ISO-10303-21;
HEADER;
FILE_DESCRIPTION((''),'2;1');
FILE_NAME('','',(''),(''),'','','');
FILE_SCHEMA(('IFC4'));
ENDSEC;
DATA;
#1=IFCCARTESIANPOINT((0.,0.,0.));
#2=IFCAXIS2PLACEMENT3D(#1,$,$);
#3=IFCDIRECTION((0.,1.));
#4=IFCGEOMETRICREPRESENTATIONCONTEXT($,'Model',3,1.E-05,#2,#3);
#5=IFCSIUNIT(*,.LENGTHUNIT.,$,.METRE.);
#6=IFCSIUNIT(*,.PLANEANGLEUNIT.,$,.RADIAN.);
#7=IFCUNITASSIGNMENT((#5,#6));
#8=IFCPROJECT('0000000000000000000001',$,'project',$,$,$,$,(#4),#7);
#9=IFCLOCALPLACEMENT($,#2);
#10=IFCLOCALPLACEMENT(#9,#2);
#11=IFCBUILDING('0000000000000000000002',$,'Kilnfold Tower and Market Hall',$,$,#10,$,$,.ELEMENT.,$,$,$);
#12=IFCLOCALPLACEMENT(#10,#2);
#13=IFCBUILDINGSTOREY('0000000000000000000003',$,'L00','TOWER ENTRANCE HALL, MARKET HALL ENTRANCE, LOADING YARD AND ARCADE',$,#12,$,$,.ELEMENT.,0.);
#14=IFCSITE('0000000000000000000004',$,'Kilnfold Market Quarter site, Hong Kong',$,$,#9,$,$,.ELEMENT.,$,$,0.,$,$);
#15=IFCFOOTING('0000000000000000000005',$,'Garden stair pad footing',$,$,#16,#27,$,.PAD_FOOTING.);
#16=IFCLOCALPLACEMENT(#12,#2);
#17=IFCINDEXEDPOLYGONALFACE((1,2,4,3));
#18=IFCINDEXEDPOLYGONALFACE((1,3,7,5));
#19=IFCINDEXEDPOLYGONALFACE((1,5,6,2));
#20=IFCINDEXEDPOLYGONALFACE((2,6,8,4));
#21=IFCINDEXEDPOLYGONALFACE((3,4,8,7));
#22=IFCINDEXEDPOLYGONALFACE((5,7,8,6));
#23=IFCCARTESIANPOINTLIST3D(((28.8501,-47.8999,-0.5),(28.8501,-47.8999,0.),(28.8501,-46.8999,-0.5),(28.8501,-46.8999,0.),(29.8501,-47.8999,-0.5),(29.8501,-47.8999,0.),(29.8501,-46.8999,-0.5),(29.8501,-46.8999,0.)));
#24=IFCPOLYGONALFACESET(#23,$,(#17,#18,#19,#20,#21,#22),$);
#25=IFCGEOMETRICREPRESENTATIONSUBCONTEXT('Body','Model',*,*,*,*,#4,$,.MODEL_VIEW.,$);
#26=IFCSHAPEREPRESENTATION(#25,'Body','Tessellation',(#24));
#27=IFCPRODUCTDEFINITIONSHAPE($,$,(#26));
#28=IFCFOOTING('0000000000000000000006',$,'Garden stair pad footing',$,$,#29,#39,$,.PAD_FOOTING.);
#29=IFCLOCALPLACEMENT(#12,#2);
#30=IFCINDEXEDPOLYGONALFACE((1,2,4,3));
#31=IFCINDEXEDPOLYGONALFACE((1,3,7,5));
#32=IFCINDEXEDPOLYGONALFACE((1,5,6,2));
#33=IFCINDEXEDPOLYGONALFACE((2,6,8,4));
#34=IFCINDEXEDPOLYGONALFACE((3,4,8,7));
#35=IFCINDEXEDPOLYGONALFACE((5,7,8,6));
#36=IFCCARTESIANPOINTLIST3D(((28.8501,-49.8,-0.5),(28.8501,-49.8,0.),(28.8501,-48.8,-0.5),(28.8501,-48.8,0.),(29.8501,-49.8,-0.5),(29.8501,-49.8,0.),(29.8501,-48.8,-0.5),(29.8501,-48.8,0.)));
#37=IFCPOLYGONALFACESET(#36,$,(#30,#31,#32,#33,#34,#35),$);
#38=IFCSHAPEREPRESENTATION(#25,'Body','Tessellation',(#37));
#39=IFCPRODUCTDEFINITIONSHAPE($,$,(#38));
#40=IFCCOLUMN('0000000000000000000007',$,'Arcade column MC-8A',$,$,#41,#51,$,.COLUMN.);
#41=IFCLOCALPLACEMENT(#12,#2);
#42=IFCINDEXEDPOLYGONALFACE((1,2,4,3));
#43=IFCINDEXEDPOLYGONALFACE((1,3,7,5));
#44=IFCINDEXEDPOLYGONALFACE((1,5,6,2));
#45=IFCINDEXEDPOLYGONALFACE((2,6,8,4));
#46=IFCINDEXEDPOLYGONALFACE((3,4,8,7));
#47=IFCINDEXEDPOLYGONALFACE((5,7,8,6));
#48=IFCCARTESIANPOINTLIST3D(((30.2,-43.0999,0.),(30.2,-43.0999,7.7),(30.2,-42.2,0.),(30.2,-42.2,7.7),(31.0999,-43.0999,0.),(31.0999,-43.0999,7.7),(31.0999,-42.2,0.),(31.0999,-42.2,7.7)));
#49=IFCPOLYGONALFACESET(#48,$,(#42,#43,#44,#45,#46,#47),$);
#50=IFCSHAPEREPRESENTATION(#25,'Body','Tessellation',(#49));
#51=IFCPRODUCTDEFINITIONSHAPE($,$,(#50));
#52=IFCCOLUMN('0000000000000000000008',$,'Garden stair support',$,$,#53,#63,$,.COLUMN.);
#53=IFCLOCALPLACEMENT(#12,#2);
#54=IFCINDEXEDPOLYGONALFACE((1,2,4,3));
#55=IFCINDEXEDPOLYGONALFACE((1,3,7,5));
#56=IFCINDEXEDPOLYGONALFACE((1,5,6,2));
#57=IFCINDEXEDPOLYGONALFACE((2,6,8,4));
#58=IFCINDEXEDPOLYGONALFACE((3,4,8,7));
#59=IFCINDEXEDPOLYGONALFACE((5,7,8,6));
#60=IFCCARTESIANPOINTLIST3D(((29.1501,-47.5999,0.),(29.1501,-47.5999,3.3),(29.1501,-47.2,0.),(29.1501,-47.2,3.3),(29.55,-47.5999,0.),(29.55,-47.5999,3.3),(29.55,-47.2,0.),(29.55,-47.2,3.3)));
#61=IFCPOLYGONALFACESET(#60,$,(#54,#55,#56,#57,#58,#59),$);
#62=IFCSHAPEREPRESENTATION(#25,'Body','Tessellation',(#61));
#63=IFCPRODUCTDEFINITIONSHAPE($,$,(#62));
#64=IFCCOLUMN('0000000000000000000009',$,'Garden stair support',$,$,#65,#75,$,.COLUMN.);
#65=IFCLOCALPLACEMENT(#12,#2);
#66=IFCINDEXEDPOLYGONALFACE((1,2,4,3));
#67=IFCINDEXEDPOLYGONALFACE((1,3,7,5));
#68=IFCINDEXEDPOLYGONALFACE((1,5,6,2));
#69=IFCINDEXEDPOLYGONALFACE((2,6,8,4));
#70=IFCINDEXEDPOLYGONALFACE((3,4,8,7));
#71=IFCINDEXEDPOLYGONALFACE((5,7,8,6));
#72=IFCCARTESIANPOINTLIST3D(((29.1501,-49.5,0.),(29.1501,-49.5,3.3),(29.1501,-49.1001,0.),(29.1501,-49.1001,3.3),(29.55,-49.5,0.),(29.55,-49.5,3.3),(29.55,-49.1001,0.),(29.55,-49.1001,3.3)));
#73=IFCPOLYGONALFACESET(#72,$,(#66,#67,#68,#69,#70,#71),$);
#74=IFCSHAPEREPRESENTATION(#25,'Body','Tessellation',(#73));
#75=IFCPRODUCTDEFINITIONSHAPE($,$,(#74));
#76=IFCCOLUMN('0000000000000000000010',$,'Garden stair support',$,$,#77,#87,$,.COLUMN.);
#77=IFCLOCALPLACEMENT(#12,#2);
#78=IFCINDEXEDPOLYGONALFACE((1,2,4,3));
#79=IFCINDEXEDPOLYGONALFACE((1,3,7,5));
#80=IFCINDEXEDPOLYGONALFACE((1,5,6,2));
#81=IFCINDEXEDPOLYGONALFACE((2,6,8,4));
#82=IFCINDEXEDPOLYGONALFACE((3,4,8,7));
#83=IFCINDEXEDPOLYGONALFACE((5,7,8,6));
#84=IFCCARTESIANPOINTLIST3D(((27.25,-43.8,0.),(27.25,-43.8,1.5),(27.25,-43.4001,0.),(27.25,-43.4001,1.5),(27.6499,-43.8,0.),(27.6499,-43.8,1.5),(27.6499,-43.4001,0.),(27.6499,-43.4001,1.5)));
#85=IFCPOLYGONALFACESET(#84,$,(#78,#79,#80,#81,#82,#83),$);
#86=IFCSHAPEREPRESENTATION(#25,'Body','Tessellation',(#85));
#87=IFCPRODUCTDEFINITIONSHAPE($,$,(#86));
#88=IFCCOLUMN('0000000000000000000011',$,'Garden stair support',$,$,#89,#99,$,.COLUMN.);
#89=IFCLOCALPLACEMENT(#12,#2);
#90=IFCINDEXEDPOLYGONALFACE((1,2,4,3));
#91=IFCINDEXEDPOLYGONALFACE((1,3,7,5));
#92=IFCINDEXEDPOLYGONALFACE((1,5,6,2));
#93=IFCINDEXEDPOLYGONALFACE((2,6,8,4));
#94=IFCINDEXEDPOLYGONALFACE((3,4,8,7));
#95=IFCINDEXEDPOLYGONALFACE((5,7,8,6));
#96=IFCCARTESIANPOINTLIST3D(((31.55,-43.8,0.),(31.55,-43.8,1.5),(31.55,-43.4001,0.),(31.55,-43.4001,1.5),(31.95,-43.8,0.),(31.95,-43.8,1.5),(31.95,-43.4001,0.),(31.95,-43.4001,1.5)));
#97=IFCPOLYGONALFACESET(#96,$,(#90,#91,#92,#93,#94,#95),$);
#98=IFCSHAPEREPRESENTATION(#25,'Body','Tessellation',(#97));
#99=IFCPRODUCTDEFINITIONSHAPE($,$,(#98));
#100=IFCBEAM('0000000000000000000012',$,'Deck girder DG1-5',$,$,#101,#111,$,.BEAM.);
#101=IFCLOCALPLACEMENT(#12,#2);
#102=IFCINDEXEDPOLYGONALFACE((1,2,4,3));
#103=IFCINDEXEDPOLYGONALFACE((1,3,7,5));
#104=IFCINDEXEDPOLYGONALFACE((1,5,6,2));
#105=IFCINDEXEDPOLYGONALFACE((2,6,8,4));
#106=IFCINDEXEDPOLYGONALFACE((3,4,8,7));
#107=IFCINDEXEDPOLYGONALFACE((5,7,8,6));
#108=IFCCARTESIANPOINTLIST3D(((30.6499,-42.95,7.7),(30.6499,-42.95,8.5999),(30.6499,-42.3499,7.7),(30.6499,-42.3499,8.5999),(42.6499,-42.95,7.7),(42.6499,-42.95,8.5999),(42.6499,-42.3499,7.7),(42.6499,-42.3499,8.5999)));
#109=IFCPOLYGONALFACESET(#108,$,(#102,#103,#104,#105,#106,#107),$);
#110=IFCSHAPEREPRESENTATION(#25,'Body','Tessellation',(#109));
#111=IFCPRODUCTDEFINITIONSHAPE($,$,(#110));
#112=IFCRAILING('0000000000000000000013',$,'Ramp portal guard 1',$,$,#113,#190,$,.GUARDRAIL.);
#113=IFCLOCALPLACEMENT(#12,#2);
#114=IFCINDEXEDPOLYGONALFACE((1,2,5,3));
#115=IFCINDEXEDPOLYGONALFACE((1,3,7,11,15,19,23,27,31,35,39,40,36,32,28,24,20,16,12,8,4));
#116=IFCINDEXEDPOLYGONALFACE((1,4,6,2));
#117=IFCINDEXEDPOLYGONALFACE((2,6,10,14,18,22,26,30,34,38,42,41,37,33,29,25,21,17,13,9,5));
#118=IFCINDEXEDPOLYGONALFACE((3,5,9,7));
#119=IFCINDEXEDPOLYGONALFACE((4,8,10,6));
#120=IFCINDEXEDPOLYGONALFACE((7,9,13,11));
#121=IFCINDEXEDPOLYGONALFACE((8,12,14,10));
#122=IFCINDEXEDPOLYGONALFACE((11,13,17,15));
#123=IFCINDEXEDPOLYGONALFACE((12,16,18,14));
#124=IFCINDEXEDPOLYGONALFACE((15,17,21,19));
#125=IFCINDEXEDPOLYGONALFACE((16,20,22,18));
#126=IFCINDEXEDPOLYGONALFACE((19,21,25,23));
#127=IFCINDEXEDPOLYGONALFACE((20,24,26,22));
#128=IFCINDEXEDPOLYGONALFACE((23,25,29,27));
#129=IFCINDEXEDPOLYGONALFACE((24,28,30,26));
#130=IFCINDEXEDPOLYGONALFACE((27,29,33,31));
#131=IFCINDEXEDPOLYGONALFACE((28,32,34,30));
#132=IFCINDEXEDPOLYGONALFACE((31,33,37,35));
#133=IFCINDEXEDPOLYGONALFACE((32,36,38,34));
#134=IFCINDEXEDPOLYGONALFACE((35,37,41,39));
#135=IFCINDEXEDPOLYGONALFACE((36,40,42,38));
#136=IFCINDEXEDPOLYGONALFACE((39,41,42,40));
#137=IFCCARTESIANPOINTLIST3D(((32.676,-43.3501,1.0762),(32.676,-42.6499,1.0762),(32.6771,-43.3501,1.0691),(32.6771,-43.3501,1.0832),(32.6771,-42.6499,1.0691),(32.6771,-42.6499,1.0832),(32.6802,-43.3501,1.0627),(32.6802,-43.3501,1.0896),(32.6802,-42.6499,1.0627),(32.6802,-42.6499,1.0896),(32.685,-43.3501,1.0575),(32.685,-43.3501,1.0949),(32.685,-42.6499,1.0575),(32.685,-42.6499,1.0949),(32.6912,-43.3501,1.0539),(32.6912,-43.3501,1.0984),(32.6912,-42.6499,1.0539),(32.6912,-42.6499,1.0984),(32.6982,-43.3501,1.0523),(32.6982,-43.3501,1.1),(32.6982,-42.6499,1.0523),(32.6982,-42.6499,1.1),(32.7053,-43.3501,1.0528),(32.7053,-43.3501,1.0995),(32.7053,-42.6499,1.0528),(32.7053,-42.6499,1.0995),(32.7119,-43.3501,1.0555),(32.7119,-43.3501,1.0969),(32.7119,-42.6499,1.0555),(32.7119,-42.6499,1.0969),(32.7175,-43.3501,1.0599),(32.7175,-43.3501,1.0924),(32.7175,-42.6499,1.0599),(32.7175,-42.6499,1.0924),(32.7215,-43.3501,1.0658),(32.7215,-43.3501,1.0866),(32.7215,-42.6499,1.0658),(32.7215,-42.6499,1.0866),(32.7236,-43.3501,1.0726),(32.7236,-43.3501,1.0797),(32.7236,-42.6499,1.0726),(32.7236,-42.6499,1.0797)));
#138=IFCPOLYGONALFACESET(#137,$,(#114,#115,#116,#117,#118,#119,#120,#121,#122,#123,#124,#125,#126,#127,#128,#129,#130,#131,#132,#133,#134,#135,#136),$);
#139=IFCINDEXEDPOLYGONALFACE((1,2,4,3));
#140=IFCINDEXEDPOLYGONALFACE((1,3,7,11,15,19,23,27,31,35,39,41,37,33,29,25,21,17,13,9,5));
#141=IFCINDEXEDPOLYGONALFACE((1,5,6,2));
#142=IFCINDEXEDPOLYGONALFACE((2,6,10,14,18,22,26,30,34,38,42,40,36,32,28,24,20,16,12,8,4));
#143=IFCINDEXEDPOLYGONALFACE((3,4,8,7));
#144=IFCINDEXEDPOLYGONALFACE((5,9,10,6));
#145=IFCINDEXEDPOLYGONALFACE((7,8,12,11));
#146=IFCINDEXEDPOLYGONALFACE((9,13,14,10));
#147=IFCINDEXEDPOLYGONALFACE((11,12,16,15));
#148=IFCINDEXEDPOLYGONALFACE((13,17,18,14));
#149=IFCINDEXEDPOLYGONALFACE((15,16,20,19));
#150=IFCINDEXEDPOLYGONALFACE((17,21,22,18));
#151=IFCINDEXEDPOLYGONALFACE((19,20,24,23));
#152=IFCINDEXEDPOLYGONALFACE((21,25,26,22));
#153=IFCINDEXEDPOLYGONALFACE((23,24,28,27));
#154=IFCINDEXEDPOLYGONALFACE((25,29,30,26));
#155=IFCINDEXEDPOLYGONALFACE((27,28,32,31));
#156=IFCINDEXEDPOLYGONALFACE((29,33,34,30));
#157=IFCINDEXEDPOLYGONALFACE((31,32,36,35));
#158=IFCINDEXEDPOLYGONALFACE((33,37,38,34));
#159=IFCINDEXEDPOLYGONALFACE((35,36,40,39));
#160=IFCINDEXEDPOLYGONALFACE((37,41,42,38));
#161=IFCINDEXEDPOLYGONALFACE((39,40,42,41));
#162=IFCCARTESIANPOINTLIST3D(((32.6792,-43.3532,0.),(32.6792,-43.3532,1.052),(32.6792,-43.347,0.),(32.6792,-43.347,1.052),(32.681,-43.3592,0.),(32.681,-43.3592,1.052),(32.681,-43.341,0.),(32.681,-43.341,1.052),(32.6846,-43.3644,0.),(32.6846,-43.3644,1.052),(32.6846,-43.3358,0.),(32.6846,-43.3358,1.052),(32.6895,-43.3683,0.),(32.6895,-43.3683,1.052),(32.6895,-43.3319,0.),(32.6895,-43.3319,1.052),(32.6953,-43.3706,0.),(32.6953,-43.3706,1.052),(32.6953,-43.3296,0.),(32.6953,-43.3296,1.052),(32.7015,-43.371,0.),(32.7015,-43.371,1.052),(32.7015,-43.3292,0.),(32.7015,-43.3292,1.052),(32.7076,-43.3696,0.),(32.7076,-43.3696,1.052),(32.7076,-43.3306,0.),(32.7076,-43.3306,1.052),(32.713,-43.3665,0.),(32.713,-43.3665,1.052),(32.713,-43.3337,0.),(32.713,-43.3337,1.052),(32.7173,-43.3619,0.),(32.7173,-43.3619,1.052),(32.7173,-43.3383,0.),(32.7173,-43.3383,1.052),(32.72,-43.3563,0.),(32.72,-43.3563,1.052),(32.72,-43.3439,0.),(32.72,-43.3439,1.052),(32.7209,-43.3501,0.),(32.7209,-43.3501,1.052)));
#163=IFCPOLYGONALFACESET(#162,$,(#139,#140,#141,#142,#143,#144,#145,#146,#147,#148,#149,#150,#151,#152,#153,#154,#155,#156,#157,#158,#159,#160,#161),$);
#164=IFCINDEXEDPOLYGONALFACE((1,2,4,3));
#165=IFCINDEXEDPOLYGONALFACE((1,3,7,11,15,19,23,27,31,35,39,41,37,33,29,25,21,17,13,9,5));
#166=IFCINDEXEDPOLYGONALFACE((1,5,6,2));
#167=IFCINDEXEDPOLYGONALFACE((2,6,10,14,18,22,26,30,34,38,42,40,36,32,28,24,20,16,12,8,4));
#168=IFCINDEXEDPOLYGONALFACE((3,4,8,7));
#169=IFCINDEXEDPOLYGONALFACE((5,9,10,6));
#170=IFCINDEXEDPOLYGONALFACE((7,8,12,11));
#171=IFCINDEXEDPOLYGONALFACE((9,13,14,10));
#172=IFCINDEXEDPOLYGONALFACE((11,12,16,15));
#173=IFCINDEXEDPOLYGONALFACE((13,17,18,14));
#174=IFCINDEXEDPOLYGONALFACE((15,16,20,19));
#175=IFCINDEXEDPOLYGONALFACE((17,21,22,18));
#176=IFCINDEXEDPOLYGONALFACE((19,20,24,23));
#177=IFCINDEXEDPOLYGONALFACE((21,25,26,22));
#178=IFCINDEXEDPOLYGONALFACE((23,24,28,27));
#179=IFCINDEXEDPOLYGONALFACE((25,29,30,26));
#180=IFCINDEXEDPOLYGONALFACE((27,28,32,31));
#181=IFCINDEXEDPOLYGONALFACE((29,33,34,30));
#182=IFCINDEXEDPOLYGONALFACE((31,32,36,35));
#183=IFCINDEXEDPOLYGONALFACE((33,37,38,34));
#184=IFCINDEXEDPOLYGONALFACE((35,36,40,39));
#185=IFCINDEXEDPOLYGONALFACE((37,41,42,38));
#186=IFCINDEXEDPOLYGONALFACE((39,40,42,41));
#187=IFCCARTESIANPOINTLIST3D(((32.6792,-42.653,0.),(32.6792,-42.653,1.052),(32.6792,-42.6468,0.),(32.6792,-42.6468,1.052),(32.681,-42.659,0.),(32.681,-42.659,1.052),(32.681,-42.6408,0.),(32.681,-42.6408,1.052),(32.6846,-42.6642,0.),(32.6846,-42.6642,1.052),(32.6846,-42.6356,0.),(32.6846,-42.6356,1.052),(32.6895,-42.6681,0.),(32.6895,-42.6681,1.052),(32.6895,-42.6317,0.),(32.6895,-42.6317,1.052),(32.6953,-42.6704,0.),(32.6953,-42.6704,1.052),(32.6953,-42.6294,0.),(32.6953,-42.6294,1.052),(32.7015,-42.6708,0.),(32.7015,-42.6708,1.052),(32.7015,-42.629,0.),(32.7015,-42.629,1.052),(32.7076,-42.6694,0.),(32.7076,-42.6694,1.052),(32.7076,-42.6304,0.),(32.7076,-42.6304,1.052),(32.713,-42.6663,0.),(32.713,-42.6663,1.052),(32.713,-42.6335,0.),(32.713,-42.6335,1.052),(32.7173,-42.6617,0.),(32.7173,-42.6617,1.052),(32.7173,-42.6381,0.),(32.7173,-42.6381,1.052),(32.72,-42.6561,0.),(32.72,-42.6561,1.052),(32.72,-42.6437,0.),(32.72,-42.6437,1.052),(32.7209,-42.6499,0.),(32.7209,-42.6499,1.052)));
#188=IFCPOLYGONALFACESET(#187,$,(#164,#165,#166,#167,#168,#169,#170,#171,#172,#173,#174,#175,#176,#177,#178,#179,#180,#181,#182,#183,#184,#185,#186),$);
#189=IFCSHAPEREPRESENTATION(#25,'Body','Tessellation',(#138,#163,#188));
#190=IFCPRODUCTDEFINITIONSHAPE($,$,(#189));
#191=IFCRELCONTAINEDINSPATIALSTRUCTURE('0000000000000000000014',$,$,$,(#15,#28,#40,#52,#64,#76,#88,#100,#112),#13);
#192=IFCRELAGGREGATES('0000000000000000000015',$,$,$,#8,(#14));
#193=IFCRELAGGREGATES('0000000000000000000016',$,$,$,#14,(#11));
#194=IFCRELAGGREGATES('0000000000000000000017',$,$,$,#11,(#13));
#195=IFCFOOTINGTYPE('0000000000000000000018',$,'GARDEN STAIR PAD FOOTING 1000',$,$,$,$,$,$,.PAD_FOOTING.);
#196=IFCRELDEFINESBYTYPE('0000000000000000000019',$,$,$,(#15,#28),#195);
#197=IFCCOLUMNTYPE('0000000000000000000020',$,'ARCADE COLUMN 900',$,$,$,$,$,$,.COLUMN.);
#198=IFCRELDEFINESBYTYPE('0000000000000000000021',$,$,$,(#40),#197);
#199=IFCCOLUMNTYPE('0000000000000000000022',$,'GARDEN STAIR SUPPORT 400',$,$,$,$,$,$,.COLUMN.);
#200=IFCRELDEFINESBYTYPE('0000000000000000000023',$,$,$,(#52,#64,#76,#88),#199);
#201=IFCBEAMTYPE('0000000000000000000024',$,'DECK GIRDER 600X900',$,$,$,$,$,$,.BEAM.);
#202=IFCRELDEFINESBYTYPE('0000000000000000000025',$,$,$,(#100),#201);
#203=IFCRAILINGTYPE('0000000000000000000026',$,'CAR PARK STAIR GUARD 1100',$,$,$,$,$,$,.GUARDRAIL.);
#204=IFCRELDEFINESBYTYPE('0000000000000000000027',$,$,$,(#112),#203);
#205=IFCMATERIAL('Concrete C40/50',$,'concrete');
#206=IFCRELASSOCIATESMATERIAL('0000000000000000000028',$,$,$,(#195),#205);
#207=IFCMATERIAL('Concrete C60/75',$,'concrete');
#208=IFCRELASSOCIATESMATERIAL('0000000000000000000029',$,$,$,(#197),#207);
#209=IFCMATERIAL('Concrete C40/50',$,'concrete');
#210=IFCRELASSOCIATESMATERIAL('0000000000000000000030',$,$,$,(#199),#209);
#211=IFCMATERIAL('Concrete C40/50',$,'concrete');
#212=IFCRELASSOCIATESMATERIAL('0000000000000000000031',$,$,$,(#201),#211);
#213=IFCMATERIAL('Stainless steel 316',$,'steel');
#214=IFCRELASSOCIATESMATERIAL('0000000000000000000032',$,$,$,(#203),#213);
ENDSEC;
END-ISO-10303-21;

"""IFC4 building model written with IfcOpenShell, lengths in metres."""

from ifc_helpers import new_model, si_unit, direction, frame, origin, origin_2d, place, context, subcontext, project, spatial, rectangle, circle, extrude, source, transform, mapped, material, material_profile, profile_set, type_object, element, save


model = new_model("IFC4")

# Units and contexts
model_context = context("Model", 3, precision=1e-05, world=origin(), true_north=direction((0.0, 1.0)))
body_context = subcontext(model_context, "Body", "Model", "MODEL_VIEW")
ifc_project = project(units=[si_unit("LENGTHUNIT", "METRE"), si_unit("PLANEANGLEUNIT", "RADIAN")], contexts=[model_context])

# Site, building, storey
site_placement = place(None, origin())
site = spatial("IfcSite", under=ifc_project, at=site_placement, Name="Kilnfold Market Quarter site, Hong Kong", CompositionType="ELEMENT", RefElevation=0.0)
building_placement = place(site_placement, origin())
building = spatial("IfcBuilding", under=site, at=building_placement, Name="Kilnfold Tower and Market Hall", CompositionType="ELEMENT")
storey_placement = place(building_placement, origin())
storey = spatial("IfcBuildingStorey", under=building, at=storey_placement, Name="L00", Description="TOWER ENTRANCE HALL, MARKET HALL ENTRANCE, LOADING YARD AND ARCADE", CompositionType="ELEMENT", Elevation=0.0)

# Footings
ifc_material_1 = material(Name="Concrete C40/50", Category="concrete")
footing_type = type_object("IfcFootingType", Name="GARDEN STAIR PAD FOOTING 1000", PredefinedType="PAD_FOOTING", material=ifc_material_1)
shared_shape_1 = source(origin(), body_context, "Body", "SweptSolid", [
    extrude(rectangle(XDim=1.0, YDim=1.0, at=origin_2d()), origin(), (0.0, 0.0, 1.0), 0.5),
])
for number, where, z_axis, x_axis, name in (
    (1, (29.3501, -47.3999, -0.5), (0.0, 0.0, 1.0), (1.0, 0.0, 0.0), "Garden stair pad footing"),
    (2, (29.3501, -49.3, -0.5), (0.0, 0.0, 1.0), (1.0, 0.0, 0.0), "Garden stair pad footing"),
):
    element("IfcFooting", number, at=place(storey_placement, frame(where, z_axis=z_axis, x_axis=x_axis)), inside=storey, type_object=footing_type, Name=name, PredefinedType="PAD_FOOTING", context=body_context, shape_type="MappedRepresentation", body=[
        mapped(shared_shape_1, transform((0.0, 0.0, 0.0))),
    ])

# Columns
ifc_material_2 = material(Name="Concrete C60/75", Category="concrete")
ifc_material_profile_1 = material_profile(ifc_material_2, rectangle(XDim=0.8999, YDim=0.8999, at=origin_2d()), Name="RC 900x900")
ifc_profile_set_1 = profile_set([ifc_material_profile_1], Name="Concrete C60/75")
column_type_1 = type_object("IfcColumnType", Name="ARCADE COLUMN 900", PredefinedType="COLUMN", material=ifc_profile_set_1)
shared_shape_2 = source(origin(), body_context, "Body", "SweptSolid", [
    extrude(rectangle(XDim=0.8999, YDim=0.8999, at=origin_2d()), origin(), (0.0, 0.0, 1.0), 7.7),
])
column_placement = place(storey_placement, frame((30.6499, -42.6499, 0.0), z_axis=(0.0, 0.0, 1.0), x_axis=(1.0, 0.0, 0.0)))
element("IfcColumn", 3, at=column_placement, inside=storey, type_object=column_type_1, Name="Arcade column MC-8A", PredefinedType="COLUMN", context=body_context, shape_type="MappedRepresentation", body=[
    mapped(shared_shape_2, transform((0.0, 0.0, 0.0))),
])
ifc_material_3 = material(Name="Concrete C40/50", Category="concrete")
ifc_material_profile_2 = material_profile(ifc_material_3, rectangle(XDim=0.3999, YDim=0.3999, at=origin_2d()), Name="RC 400x400")
ifc_profile_set_2 = profile_set([ifc_material_profile_2], Name="Concrete C40/50")
column_type_2 = type_object("IfcColumnType", Name="GARDEN STAIR SUPPORT 400", PredefinedType="COLUMN", material=ifc_profile_set_2)
shared_shape_3 = source(origin(), body_context, "Body", "SweptSolid", [
    extrude(rectangle(XDim=0.3999, YDim=0.3999, at=origin_2d()), origin(), (0.0, 0.0, 1.0), 3.3),
])
for number, where, z_axis, x_axis, name in (
    (4, (29.3501, -47.3999, 0.0), (0.0, 0.0, 1.0), (1.0, 0.0, 0.0), "Garden stair support"),
    (5, (29.3501, -49.3, 0.0), (0.0, 0.0, 1.0), (1.0, 0.0, 0.0), "Garden stair support"),
):
    element("IfcColumn", number, at=place(storey_placement, frame(where, z_axis=z_axis, x_axis=x_axis)), inside=storey, type_object=column_type_2, Name=name, PredefinedType="COLUMN", context=body_context, shape_type="MappedRepresentation", body=[
        mapped(shared_shape_3, transform((0.0, 0.0, 0.0))),
    ])
shared_shape_4 = source(origin(), body_context, "Body", "SweptSolid", [
    extrude(rectangle(XDim=0.3999, YDim=0.3999, at=origin_2d()), origin(), (0.0, 0.0, 1.0), 1.5),
])
for number, where, z_axis, x_axis, name in (
    (6, (27.45, -43.6001, 0.0), (0.0, 0.0, 1.0), (1.0, 0.0, 0.0), "Garden stair support"),
    (7, (31.75, -43.6001, 0.0), (0.0, 0.0, 1.0), (1.0, 0.0, 0.0), "Garden stair support"),
):
    element("IfcColumn", number, at=place(storey_placement, frame(where, z_axis=z_axis, x_axis=x_axis)), inside=storey, type_object=column_type_2, Name=name, PredefinedType="COLUMN", context=body_context, shape_type="MappedRepresentation", body=[
        mapped(shared_shape_4, transform((0.0, 0.0, 0.0))),
    ])

# Beam
ifc_material_4 = material(Name="Concrete C40/50", Category="concrete")
ifc_material_profile_3 = material_profile(ifc_material_4, rectangle(XDim=0.6001, YDim=0.8999, at=origin_2d()), Name="RC 600x900")
ifc_profile_set_3 = profile_set([ifc_material_profile_3], Name="Concrete C40/50")
beam_type = type_object("IfcBeamType", Name="DECK GIRDER 600X900", PredefinedType="BEAM", material=ifc_profile_set_3)
shared_shape_5 = source(origin(), body_context, "Body", "SweptSolid", [
    extrude(rectangle(XDim=0.6001, YDim=0.8999, at=origin_2d()), origin(), (0.0, 0.0, 1.0), 12.0),
])
beam_placement = place(storey_placement, frame((30.6499, -42.6499, 8.1499), z_axis=(1.0, 0.0, 0.0), x_axis=(0.0, 1.0, 0.0)))
element("IfcBeam", 8, at=beam_placement, inside=storey, type_object=beam_type, Name="Deck girder DG1-5", PredefinedType="BEAM", context=body_context, shape_type="MappedRepresentation", body=[
    mapped(shared_shape_5, transform((0.0, 0.0, 0.0))),
])

# Railing
ifc_material_5 = material(Name="Stainless steel 316", Category="steel")
railing_type_1 = type_object("IfcRailingType", Name="CAR PARK STAIR GUARD 1100", PredefinedType="GUARDRAIL", material=ifc_material_5)
railing_1_placement = place(storey_placement, frame((32.7, -43.3501, 0.0)))
element("IfcRailing", 9, at=railing_1_placement, inside=storey, type_object=railing_type_1, Name="Ramp portal guard 1", PredefinedType="GUARDRAIL", context=body_context, shape_type="SweptSolid", body=[
    extrude(circle(Radius=0.0239, at=origin_2d()), frame((0.0, 0.0, 1.0762), z_axis=(0.0, 1.0, 0.0), x_axis=(-1.0, 0.0, 0.0)), (0.0, 0.0, 1.0), 0.7002),
    extrude(circle(Radius=0.021, at=origin_2d()), origin(), (0.0, 0.0, 1.0), 1.052),
    extrude(circle(Radius=0.021, at=origin_2d()), frame((0.0, 0.7002, 0.0)), (0.0, 0.0, 1.0), 1.052),
])

save(model, "model.ifc")
